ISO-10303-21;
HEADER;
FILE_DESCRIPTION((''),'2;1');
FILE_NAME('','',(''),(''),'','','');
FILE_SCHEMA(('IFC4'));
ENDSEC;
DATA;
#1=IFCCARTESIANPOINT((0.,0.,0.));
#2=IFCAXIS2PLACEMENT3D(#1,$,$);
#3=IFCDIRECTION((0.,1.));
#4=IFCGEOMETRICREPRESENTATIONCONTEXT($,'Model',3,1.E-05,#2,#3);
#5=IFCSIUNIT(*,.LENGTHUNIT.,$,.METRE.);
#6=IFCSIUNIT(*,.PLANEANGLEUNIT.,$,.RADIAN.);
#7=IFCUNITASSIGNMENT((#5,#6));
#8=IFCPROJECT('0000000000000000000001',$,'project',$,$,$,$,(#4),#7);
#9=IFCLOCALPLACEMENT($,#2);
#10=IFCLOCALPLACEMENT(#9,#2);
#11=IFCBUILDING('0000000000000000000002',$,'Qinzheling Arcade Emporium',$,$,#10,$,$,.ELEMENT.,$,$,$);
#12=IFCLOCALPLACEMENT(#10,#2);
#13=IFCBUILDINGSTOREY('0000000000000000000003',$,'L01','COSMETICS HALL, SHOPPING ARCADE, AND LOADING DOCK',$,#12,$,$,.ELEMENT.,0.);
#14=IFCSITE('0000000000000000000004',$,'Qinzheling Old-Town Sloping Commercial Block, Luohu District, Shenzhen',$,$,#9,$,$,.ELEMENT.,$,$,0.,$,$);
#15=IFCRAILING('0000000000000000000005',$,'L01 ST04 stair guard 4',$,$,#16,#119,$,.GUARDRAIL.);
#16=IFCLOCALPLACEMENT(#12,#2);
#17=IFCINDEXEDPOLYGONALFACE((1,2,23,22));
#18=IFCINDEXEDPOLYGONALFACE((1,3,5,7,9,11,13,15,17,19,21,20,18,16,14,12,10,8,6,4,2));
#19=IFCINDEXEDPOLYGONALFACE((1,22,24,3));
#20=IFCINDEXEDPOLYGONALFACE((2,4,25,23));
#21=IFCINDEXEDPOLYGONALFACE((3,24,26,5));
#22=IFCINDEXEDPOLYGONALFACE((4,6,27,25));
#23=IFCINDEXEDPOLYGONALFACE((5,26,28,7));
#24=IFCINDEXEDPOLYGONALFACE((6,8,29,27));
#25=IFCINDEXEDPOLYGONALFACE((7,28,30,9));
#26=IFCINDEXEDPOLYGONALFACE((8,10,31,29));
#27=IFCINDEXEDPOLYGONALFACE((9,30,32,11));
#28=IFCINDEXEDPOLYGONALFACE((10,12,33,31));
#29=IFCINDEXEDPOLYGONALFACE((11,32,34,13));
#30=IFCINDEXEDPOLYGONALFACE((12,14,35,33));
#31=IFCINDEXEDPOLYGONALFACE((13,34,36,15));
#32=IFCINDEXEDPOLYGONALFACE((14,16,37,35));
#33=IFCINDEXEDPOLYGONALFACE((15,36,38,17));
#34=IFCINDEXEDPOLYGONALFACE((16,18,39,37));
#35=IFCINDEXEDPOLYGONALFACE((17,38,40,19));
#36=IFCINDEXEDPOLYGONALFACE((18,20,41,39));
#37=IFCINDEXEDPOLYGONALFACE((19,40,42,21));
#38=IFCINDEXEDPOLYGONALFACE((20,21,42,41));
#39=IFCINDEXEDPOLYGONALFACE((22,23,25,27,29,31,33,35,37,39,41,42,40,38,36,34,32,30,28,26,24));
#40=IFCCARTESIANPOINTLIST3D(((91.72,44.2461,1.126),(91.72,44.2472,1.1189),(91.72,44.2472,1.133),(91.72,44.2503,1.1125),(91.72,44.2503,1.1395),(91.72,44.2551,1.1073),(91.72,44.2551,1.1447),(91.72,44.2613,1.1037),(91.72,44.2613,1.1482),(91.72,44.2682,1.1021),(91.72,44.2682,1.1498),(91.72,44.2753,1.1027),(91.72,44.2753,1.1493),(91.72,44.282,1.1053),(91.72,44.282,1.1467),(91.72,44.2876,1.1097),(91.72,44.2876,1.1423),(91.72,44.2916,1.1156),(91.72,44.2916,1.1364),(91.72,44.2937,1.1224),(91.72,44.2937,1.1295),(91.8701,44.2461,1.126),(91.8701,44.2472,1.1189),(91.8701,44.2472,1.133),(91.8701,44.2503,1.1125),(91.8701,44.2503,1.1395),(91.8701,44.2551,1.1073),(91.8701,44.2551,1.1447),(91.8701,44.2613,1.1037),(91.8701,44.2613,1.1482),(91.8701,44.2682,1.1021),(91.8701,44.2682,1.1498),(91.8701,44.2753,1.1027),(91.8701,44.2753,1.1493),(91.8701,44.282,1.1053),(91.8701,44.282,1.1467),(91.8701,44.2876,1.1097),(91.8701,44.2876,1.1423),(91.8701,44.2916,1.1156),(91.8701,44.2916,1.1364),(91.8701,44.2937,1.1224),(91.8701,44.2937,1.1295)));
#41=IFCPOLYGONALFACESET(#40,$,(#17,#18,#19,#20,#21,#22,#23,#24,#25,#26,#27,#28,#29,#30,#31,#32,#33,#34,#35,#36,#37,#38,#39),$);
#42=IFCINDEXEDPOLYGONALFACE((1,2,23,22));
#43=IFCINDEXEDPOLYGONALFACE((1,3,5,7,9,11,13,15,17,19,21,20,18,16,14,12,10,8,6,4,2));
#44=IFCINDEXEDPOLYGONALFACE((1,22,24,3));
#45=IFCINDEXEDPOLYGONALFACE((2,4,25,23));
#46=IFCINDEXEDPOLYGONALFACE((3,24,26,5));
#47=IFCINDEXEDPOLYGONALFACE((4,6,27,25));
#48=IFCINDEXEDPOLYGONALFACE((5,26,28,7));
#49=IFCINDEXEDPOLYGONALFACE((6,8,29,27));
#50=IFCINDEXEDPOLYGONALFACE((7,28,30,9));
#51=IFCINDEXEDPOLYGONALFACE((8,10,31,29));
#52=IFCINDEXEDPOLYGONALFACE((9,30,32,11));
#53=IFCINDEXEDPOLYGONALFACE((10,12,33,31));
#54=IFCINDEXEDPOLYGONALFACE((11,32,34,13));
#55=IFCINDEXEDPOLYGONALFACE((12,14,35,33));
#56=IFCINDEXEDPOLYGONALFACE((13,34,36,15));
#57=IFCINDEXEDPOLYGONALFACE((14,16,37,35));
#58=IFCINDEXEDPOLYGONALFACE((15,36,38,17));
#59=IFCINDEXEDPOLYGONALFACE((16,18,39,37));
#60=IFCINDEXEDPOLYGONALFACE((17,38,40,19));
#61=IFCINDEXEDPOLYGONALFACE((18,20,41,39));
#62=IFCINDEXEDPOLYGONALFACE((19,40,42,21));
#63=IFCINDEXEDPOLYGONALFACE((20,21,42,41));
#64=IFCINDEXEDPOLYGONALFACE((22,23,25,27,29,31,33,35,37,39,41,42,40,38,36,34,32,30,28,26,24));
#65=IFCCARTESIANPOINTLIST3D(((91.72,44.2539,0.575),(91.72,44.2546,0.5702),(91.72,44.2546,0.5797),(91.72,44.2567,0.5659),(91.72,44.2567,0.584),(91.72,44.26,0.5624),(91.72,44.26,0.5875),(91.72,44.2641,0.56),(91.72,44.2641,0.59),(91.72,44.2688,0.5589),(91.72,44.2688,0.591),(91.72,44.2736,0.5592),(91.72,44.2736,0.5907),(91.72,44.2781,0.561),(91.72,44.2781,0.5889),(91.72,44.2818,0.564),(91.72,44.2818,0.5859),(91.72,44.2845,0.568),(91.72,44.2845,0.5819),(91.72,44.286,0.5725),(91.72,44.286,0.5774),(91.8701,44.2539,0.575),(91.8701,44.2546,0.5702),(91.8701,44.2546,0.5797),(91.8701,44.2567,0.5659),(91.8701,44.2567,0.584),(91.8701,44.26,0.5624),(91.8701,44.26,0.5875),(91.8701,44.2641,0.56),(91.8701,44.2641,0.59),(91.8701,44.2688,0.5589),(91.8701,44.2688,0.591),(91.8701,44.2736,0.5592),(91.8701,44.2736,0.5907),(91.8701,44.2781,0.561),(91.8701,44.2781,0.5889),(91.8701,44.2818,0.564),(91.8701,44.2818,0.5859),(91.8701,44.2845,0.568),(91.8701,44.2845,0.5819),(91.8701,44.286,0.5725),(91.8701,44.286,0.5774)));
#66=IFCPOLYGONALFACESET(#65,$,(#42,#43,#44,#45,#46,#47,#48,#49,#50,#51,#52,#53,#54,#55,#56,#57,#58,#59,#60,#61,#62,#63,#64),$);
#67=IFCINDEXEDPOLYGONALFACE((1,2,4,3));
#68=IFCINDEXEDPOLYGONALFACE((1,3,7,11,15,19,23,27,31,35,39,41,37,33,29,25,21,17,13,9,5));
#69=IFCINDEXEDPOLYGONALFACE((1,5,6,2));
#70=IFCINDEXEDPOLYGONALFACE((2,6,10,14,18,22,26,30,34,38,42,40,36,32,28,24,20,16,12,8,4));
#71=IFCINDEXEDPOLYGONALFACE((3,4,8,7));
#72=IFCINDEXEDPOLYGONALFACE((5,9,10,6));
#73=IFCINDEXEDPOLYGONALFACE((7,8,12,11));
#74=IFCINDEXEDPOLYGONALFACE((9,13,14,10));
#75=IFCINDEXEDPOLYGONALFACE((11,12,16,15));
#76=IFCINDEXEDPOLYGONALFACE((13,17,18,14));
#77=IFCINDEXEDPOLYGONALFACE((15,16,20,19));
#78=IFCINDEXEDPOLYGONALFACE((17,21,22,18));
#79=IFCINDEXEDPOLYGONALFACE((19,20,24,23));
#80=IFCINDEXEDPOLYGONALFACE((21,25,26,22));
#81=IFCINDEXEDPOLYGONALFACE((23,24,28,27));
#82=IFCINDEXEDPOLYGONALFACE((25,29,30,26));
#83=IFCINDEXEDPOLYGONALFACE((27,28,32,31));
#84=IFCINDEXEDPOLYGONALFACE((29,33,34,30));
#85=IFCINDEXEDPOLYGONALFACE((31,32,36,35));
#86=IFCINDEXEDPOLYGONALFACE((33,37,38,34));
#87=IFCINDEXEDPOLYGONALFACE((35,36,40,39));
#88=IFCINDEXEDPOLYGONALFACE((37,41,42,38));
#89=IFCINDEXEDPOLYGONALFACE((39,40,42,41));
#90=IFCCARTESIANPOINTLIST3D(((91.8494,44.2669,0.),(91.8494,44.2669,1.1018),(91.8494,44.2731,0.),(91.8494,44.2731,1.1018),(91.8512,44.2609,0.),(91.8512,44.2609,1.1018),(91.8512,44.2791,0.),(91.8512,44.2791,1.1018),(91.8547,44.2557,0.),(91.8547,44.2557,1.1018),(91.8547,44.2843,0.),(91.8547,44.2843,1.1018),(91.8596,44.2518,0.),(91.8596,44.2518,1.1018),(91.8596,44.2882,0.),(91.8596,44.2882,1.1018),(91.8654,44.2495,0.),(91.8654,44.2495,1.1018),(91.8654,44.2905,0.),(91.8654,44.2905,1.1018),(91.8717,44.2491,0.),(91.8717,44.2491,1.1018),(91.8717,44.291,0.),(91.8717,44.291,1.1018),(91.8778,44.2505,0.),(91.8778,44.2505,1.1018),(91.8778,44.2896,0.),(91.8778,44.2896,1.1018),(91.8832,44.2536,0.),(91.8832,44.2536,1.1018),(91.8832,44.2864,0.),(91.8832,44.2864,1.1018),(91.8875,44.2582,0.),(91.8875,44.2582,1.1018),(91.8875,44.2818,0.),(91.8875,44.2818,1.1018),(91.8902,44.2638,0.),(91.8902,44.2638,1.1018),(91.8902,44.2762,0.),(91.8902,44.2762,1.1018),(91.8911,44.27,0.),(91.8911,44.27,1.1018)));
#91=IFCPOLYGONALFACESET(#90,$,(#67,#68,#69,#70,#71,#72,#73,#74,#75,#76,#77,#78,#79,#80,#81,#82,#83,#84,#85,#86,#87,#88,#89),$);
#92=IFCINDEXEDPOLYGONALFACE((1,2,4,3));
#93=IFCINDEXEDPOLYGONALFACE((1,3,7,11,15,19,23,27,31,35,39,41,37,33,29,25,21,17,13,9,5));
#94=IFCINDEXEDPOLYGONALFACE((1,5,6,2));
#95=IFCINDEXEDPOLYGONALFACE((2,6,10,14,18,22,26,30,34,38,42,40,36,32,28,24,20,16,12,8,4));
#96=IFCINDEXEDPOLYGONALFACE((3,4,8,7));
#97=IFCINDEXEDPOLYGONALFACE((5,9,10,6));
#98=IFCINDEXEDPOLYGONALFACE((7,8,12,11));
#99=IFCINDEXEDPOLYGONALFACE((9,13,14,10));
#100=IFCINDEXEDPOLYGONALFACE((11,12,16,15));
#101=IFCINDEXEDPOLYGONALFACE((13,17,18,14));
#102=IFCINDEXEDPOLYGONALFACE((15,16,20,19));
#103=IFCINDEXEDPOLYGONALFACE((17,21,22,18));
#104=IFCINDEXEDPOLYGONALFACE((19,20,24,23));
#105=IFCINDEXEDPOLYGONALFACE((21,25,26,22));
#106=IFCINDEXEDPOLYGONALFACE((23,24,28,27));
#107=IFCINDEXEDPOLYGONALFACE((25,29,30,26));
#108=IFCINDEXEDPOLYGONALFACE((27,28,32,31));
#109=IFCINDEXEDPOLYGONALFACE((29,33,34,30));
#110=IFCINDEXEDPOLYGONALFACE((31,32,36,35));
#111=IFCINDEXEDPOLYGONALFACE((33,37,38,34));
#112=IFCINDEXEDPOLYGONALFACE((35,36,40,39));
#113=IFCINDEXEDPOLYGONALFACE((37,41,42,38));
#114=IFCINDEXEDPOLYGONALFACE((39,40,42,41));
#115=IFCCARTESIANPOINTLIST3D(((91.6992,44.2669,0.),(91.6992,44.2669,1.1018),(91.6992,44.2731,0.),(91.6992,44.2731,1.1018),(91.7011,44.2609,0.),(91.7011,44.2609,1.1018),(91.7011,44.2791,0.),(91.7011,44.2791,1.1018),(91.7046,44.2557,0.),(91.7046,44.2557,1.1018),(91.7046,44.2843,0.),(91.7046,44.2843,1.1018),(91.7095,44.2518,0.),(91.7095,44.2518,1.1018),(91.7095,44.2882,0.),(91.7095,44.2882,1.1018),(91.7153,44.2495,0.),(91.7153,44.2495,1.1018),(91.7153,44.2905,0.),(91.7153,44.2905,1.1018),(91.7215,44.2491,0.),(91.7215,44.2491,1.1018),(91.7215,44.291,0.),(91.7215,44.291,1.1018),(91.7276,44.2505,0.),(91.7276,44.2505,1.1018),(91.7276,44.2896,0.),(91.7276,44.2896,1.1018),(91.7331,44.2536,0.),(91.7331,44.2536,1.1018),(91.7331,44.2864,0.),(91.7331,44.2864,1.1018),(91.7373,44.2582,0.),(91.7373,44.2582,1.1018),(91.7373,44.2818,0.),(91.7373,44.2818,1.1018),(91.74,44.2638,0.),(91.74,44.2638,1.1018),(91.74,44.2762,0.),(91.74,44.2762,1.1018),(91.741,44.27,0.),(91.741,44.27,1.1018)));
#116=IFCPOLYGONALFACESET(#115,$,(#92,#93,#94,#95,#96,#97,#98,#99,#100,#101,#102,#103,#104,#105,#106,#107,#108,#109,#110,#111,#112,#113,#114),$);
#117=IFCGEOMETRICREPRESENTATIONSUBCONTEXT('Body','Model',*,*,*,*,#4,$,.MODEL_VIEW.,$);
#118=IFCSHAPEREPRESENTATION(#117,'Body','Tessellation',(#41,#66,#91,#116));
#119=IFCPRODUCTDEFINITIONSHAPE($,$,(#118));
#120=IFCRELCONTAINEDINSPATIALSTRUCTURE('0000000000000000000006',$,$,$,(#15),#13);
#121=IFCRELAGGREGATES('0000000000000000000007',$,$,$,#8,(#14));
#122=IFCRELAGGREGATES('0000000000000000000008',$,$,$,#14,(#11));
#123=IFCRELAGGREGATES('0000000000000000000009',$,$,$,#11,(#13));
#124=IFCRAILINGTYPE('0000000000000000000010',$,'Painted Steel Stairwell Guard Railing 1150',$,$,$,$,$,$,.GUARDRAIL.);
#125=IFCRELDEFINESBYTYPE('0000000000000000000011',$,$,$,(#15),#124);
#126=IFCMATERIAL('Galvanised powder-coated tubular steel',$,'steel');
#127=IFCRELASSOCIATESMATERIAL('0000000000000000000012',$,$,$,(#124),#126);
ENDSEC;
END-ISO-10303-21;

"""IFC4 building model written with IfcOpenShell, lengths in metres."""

from ifc_helpers import new_model, si_unit, direction, frame, origin, origin_2d, place, context, subcontext, project, spatial, circle, extrude, material, type_object, element, save


model = new_model("IFC4")

# Units and contexts
model_context = context("Model", 3, precision=1e-05, world=origin(), true_north=direction((0.0, 1.0)))
body_context = subcontext(model_context, "Body", "Model", "MODEL_VIEW")
ifc_project = project(units=[si_unit("LENGTHUNIT", "METRE"), si_unit("PLANEANGLEUNIT", "RADIAN")], contexts=[model_context])

# Site, building, storey
site_placement = place(None, origin())
site = spatial("IfcSite", under=ifc_project, at=site_placement, Name="Qinzheling Old-Town Sloping Commercial Block, Luohu District, Shenzhen", CompositionType="ELEMENT", RefElevation=0.0)
building_placement = place(site_placement, origin())
building = spatial("IfcBuilding", under=site, at=building_placement, Name="Qinzheling Arcade Emporium", CompositionType="ELEMENT")
storey_placement = place(building_placement, origin())
storey = spatial("IfcBuildingStorey", under=building, at=storey_placement, Name="L01", Description="COSMETICS HALL, SHOPPING ARCADE, AND LOADING DOCK", CompositionType="ELEMENT", Elevation=0.0)

# Railing
ifc_material_1 = material(Name="Galvanised powder-coated tubular steel", Category="steel")
railing_type_1 = type_object("IfcRailingType", Name="Painted Steel Stairwell Guard Railing 1150", PredefinedType="GUARDRAIL", material=ifc_material_1)
railing_1_placement = place(storey_placement, frame((91.8701, 44.27, 0.0)))
element("IfcRailing", 1, at=railing_1_placement, inside=storey, type_object=railing_type_1, Name="L01 ST04 stair guard 4", PredefinedType="GUARDRAIL", context=body_context, shape_type="SweptSolid", body=[
    extrude(circle(Radius=0.0239, at=origin_2d()), frame((0.0, 0.0, 1.126), z_axis=(-1.0, 0.0, 0.0), x_axis=(0.0, -1.0, 0.0)), (0.0, 0.0, 1.0), 0.1501),
    extrude(circle(Radius=0.0161, at=origin_2d()), frame((0.0, 0.0, 0.575), z_axis=(-1.0, 0.0, 0.0), x_axis=(0.0, -1.0, 0.0)), (0.0, 0.0, 1.0), 0.1501),
    extrude(circle(Radius=0.021, at=origin_2d()), origin(), (0.0, 0.0, 1.0), 1.1018),
    extrude(circle(Radius=0.021, at=origin_2d()), frame((-0.1501, 0.0, 0.0)), (0.0, 0.0, 1.0), 1.1018),
])

save(model, "model.ifc")
